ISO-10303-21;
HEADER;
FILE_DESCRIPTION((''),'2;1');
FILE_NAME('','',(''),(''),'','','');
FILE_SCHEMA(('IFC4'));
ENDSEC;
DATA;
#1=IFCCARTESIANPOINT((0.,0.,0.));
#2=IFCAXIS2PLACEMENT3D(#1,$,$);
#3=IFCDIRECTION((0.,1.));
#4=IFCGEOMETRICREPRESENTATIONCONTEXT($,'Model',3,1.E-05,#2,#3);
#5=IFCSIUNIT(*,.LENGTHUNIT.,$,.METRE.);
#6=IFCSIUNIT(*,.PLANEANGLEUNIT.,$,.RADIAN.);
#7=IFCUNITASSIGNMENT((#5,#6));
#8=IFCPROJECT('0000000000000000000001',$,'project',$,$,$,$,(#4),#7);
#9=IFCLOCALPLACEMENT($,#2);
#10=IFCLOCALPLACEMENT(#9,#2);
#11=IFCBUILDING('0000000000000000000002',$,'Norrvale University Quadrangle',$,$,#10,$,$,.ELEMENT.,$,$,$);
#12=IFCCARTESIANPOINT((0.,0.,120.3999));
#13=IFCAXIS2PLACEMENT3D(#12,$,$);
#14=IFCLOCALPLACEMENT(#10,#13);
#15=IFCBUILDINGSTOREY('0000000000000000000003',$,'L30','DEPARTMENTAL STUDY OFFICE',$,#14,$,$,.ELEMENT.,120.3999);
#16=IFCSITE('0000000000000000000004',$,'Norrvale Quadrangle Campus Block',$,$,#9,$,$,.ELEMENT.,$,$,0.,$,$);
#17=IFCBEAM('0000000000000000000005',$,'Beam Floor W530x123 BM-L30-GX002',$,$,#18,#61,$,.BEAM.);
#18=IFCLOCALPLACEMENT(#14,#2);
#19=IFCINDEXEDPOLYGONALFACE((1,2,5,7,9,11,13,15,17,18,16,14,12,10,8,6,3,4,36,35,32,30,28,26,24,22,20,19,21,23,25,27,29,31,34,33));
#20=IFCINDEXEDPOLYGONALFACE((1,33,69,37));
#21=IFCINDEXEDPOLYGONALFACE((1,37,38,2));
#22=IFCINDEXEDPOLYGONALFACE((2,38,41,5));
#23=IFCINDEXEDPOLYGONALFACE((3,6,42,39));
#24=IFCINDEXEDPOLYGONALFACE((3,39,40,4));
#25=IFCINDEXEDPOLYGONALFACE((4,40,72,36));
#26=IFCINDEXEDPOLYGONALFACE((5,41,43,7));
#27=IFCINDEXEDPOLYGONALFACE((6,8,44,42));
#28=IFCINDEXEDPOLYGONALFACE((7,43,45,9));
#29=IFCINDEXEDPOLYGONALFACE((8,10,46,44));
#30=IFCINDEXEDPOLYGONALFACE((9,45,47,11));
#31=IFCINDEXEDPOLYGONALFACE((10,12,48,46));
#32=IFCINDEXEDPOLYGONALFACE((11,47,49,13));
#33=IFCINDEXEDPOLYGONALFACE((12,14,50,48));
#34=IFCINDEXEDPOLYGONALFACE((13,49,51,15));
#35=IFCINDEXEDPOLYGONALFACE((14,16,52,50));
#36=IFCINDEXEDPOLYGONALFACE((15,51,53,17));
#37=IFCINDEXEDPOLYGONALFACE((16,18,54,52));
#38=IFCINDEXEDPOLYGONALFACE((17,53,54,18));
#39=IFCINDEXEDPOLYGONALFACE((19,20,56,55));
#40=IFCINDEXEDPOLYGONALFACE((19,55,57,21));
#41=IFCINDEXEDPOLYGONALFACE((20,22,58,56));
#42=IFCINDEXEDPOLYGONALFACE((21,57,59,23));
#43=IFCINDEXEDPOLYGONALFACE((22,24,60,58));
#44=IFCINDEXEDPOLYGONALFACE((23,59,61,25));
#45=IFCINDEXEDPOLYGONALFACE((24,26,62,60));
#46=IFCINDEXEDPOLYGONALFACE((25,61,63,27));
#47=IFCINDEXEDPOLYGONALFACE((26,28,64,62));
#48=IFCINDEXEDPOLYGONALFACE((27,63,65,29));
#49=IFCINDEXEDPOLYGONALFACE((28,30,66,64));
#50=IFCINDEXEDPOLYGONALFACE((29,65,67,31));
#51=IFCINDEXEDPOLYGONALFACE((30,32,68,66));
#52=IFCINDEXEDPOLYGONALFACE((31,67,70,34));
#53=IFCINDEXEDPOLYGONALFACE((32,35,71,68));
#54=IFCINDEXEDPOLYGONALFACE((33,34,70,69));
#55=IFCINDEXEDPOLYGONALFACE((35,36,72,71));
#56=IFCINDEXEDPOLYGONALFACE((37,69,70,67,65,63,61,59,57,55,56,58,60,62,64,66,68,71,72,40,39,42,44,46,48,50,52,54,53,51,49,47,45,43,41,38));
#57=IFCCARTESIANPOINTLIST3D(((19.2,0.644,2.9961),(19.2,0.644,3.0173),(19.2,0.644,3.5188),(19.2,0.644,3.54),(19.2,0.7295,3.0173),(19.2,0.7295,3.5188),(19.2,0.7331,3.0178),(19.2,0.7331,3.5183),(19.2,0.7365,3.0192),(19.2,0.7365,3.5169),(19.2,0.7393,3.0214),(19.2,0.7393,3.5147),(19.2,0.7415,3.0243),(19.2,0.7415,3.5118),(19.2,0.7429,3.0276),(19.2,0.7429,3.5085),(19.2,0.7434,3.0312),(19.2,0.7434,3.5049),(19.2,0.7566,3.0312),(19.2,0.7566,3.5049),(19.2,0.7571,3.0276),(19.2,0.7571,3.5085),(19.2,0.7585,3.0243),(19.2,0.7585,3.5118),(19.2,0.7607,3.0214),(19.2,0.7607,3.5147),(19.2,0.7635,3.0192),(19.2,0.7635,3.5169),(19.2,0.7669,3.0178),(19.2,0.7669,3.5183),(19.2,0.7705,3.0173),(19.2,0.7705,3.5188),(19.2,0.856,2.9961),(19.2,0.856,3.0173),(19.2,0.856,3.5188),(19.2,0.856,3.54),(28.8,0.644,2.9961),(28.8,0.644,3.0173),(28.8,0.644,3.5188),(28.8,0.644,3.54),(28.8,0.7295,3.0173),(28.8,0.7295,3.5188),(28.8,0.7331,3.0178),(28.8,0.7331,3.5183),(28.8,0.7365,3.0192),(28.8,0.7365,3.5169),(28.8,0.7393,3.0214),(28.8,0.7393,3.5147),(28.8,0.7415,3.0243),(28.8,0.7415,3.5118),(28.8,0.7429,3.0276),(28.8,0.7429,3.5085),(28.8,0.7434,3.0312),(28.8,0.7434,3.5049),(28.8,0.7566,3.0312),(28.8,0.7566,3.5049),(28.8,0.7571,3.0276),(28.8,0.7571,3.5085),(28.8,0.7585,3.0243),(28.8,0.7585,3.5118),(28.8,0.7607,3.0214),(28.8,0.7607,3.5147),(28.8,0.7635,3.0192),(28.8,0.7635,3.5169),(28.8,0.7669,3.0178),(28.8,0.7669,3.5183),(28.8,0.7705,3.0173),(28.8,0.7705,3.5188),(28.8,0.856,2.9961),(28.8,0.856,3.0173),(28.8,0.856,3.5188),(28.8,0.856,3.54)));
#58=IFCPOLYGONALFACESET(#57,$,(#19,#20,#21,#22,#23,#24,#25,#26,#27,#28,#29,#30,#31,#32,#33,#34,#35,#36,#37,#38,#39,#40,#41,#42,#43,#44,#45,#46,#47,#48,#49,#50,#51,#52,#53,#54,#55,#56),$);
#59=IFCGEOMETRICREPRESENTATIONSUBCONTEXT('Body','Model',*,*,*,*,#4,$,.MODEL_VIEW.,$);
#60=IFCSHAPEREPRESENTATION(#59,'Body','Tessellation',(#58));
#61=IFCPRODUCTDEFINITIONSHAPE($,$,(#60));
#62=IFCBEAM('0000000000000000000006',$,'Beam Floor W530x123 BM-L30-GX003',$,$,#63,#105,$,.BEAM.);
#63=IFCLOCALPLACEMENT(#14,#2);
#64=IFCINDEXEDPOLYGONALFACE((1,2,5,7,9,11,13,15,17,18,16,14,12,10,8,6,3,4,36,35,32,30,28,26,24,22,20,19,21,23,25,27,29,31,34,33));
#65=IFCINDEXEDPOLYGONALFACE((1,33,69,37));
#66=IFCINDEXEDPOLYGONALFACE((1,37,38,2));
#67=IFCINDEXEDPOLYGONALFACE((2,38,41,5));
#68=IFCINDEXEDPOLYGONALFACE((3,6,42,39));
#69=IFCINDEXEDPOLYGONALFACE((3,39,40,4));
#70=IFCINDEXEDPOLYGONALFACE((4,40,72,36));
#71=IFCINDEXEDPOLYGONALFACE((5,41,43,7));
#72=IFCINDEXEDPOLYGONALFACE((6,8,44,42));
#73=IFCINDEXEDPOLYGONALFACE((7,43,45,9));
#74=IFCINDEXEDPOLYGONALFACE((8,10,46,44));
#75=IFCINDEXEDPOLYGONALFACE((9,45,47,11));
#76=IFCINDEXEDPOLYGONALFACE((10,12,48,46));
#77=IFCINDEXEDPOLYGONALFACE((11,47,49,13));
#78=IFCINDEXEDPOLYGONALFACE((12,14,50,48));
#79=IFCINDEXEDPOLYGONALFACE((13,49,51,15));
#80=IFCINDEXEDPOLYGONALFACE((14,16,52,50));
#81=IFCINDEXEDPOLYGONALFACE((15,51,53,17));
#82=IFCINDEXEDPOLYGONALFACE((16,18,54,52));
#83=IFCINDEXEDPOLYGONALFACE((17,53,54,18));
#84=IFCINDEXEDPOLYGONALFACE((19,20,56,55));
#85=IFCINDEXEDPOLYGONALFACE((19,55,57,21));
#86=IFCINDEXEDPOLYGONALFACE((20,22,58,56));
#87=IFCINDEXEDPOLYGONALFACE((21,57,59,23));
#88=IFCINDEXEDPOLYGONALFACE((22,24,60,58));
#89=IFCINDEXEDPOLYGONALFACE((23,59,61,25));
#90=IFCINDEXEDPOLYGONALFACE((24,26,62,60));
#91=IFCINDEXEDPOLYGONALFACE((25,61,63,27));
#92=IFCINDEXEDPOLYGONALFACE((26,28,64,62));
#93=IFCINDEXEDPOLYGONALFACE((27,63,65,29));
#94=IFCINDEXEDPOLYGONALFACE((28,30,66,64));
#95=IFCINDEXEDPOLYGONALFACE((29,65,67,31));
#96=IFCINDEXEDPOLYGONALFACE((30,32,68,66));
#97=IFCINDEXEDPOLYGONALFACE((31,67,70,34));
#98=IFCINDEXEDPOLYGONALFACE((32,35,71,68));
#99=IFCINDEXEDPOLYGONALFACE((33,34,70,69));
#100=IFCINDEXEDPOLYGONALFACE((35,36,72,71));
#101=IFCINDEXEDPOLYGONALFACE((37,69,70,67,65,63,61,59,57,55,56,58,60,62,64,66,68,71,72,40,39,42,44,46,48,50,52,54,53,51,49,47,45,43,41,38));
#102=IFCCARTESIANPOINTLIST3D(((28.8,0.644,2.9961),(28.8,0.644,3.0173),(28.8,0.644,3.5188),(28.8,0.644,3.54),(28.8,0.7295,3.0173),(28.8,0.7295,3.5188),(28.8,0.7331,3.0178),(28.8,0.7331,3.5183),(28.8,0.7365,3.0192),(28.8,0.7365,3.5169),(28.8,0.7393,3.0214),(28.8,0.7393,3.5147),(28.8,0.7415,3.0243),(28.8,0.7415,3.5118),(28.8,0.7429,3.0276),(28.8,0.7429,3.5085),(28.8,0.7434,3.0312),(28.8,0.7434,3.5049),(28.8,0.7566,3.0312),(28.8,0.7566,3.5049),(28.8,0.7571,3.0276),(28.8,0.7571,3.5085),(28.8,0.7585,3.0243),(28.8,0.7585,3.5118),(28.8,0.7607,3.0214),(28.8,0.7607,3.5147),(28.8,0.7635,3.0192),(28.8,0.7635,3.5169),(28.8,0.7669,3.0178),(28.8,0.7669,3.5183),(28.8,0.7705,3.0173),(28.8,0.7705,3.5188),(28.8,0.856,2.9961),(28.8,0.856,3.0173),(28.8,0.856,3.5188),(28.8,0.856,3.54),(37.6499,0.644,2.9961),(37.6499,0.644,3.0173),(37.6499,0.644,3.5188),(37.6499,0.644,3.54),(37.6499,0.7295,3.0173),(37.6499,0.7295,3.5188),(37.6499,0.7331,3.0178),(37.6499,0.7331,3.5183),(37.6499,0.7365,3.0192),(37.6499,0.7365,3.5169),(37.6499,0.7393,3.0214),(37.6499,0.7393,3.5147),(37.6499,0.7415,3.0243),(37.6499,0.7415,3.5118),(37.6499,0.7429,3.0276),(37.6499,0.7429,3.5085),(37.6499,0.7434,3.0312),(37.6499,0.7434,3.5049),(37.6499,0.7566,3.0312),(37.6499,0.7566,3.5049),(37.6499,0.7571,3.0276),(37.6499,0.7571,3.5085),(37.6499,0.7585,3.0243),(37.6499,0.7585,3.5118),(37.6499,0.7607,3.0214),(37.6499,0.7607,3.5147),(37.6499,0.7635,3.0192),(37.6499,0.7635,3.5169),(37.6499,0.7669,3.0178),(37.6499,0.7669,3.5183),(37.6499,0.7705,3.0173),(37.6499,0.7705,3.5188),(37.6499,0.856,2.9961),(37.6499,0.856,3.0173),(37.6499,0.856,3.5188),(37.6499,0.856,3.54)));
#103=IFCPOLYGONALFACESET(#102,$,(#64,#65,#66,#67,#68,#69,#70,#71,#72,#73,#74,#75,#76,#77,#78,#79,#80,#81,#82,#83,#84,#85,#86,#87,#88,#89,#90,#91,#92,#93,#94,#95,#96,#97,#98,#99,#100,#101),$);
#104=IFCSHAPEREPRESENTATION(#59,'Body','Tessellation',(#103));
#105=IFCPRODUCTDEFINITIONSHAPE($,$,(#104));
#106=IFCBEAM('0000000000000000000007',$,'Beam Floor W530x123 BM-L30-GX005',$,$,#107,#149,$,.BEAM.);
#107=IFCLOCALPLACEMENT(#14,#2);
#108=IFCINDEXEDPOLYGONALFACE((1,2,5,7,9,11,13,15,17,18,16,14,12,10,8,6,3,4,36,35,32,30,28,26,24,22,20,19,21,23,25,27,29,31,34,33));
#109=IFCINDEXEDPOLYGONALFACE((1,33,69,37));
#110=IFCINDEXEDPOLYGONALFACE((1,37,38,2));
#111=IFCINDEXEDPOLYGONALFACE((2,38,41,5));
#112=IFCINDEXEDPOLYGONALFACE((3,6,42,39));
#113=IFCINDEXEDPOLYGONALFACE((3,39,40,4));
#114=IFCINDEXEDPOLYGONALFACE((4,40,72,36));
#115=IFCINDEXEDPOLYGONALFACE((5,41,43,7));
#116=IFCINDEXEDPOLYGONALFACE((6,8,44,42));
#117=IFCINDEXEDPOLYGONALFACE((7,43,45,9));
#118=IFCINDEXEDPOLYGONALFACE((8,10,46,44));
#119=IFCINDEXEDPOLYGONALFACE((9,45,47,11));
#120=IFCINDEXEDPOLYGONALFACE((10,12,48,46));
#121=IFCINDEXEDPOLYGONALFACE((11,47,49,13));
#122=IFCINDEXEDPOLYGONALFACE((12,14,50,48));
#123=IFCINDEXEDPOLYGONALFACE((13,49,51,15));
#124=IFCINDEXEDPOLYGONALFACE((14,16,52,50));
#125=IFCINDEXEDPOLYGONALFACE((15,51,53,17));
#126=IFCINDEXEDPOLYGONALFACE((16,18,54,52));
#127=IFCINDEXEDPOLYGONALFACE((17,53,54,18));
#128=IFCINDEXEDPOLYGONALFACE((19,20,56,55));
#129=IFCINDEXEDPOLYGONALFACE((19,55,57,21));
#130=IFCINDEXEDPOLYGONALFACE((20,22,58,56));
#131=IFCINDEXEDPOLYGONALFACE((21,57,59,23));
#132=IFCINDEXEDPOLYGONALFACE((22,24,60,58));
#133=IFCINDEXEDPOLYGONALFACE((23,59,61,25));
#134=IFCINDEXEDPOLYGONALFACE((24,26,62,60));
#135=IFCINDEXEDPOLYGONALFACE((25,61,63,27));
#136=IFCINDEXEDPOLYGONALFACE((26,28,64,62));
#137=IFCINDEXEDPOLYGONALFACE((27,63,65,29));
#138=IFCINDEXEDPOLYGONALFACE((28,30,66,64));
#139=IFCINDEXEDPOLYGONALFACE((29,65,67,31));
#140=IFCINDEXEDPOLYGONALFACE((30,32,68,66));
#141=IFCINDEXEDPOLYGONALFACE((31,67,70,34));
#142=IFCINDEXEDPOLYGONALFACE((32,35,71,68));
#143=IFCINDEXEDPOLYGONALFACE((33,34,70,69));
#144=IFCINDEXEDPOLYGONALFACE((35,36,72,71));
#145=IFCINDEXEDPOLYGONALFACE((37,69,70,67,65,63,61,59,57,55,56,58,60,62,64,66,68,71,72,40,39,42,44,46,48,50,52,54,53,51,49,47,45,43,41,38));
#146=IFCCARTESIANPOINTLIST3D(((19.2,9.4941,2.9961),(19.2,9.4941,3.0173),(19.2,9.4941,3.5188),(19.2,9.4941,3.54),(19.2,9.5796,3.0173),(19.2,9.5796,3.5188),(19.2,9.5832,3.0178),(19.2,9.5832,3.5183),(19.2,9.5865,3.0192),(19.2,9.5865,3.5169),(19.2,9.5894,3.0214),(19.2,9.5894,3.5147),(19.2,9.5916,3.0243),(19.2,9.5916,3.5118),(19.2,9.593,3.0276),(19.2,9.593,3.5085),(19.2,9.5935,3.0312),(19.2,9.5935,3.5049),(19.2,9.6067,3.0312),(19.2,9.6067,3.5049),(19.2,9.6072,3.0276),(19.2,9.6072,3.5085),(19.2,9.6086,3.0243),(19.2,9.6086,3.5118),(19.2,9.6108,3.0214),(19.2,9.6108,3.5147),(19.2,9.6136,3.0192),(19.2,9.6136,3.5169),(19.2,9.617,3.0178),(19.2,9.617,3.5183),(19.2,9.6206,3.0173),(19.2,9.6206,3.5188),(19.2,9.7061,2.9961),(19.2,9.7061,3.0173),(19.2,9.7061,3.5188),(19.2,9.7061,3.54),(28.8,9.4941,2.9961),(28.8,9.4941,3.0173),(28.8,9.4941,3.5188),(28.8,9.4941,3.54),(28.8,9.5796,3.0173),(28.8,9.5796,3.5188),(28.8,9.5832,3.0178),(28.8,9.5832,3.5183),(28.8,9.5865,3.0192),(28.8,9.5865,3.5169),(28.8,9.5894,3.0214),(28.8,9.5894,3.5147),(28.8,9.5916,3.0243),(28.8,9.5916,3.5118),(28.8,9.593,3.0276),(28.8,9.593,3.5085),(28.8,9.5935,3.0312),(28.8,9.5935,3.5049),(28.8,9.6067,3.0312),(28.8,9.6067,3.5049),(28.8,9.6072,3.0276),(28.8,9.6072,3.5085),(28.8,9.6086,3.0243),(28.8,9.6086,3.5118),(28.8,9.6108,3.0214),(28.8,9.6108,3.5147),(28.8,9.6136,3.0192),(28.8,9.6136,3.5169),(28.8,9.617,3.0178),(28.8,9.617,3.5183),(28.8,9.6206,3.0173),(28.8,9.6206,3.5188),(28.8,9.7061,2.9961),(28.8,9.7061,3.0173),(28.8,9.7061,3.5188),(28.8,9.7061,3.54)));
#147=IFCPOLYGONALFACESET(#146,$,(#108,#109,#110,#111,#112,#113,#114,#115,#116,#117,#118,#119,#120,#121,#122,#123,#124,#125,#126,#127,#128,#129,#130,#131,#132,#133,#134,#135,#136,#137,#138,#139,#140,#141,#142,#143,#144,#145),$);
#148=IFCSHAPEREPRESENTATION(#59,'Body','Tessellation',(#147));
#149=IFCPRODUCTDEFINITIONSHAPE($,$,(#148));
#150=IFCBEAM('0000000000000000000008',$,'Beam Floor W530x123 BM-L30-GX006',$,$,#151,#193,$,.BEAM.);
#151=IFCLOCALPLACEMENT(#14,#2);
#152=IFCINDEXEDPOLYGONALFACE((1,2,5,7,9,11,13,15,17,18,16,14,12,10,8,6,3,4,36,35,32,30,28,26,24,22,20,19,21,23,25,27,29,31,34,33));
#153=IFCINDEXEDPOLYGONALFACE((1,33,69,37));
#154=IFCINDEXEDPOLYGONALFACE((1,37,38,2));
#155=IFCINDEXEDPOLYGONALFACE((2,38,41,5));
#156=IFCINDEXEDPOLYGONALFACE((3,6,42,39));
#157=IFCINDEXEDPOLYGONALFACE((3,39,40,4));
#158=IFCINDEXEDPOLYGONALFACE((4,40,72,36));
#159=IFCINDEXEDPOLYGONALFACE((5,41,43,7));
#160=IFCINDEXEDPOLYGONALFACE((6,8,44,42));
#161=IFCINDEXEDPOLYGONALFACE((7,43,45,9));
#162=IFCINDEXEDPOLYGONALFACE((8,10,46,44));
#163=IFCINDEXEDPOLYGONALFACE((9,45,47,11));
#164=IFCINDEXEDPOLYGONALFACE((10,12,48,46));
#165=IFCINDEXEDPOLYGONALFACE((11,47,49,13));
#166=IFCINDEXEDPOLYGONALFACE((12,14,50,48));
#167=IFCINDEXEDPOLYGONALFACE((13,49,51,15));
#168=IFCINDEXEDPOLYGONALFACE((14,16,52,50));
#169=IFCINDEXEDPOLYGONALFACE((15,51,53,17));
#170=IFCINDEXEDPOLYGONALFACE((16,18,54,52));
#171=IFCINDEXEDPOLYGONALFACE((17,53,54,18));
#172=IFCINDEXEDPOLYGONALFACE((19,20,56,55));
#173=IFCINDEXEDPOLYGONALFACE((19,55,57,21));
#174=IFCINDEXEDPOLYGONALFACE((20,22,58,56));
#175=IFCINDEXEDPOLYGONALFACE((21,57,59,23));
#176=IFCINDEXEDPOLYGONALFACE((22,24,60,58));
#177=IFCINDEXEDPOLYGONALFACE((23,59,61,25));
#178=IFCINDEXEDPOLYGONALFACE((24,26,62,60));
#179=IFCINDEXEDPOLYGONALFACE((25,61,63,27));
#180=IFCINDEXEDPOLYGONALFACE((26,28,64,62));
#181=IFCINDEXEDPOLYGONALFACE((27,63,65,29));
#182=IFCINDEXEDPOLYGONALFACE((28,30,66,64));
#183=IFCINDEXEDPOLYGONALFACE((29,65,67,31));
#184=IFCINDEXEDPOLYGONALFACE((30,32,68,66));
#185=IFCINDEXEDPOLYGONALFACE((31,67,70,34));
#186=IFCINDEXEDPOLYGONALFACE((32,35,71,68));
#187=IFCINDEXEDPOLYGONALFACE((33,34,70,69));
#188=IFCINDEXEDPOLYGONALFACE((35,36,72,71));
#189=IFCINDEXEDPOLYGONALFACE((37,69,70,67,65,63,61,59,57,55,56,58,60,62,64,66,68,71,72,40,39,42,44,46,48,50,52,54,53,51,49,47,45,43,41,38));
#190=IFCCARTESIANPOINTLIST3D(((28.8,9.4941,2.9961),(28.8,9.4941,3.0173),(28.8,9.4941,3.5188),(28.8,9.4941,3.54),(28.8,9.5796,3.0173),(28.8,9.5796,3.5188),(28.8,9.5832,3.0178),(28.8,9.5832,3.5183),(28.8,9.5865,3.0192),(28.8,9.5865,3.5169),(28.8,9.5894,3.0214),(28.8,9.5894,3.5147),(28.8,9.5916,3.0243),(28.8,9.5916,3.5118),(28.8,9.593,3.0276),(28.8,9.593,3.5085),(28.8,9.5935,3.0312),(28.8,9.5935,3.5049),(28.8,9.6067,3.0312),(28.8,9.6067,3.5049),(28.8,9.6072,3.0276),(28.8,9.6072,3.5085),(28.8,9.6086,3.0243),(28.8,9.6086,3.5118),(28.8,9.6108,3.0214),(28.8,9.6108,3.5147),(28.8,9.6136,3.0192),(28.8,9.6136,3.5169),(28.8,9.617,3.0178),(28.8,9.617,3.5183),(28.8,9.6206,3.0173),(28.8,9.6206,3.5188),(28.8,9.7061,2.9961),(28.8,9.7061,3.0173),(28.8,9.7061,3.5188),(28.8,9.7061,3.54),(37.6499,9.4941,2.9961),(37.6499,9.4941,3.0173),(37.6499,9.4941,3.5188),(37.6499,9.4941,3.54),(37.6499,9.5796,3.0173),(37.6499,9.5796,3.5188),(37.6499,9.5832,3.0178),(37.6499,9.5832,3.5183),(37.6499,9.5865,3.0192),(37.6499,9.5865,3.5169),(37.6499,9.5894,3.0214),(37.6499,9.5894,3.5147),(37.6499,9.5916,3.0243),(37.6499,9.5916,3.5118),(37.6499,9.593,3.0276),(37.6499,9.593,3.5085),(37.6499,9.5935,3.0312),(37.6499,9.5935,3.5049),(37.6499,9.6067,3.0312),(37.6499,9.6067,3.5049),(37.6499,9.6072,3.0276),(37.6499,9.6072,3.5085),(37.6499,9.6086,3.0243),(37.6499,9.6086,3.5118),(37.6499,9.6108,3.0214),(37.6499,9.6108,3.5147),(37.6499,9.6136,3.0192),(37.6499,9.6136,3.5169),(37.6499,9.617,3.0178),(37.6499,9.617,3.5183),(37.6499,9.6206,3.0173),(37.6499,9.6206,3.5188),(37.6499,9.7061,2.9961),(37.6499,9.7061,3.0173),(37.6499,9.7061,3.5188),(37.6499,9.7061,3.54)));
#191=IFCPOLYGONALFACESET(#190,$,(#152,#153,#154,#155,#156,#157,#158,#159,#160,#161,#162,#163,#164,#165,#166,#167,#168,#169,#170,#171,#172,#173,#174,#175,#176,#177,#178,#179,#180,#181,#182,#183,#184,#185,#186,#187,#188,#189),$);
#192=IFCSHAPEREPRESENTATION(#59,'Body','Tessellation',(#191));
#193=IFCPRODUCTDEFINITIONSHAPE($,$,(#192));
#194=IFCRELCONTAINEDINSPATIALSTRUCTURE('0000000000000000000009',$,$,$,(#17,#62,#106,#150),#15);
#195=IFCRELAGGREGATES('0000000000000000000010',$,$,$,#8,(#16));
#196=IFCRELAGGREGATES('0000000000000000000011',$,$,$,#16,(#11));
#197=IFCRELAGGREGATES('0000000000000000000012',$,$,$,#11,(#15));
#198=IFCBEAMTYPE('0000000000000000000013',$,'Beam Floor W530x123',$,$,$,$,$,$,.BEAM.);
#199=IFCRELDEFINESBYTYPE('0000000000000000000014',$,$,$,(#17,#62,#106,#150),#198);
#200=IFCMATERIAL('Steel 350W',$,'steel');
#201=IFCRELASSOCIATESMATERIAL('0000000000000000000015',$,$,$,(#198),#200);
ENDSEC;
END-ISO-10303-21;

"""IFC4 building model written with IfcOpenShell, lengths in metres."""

from ifc_helpers import new_model, si_unit, direction, frame, origin, origin_2d, place, context, subcontext, project, spatial, i_section, extrude, material, material_profile, profile_set, type_object, element, save


model = new_model("IFC4")

# Units and contexts
model_context = context("Model", 3, precision=1e-05, world=origin(), true_north=direction((0.0, 1.0)))
body_context = subcontext(model_context, "Body", "Model", "MODEL_VIEW")
ifc_project = project(units=[si_unit("LENGTHUNIT", "METRE"), si_unit("PLANEANGLEUNIT", "RADIAN")], contexts=[model_context])

# Site, building, storey
site_placement = place(None, origin())
site = spatial("IfcSite", under=ifc_project, at=site_placement, Name="Norrvale Quadrangle Campus Block", CompositionType="ELEMENT", RefElevation=0.0)
building_placement = place(site_placement, origin())
building = spatial("IfcBuilding", under=site, at=building_placement, Name="Norrvale University Quadrangle", CompositionType="ELEMENT")
storey_placement = place(building_placement, frame((0.0, 0.0, 120.3999)))
storey = spatial("IfcBuildingStorey", under=building, at=storey_placement, Name="L30", Description="DEPARTMENTAL STUDY OFFICE", CompositionType="ELEMENT", Elevation=120.3999)

# Beams
ifc_material_1 = material(Name="Steel 350W", Category="steel")
ifc_material_profile_1 = material_profile(ifc_material_1, i_section(OverallWidth=0.2119, OverallDepth=0.5439, WebThickness=0.0132, FlangeThickness=0.0212, FilletRadius=0.0139, at=origin_2d()), Name="Steel 350W")
ifc_profile_set_1 = profile_set([ifc_material_profile_1], Name="Steel 350W")
beam_type_1 = type_object("IfcBeamType", Name="Beam Floor W530x123", PredefinedType="BEAM", material=ifc_profile_set_1)
beam_1_placement = place(storey_placement, frame((19.2, 0.75, 3.2681), z_axis=(1.0, 0.0, 0.0), x_axis=(0.0, 1.0, 0.0)))
element("IfcBeam", 1, at=beam_1_placement, inside=storey, type_object=beam_type_1, Name="Beam Floor W530x123 BM-L30-GX002", PredefinedType="BEAM", context=body_context, shape_type="SweptSolid", body=[
    extrude(i_section(OverallWidth=0.2119, OverallDepth=0.5439, WebThickness=0.0132, FlangeThickness=0.0212, FilletRadius=0.0139, at=origin_2d()), origin(), (0.0, 0.0, 1.0), 9.6001),
])
beam_2_placement = place(storey_placement, frame((28.8, 0.75, 3.2681), z_axis=(1.0, 0.0, 0.0), x_axis=(0.0, 1.0, 0.0)))
element("IfcBeam", 2, at=beam_2_placement, inside=storey, type_object=beam_type_1, Name="Beam Floor W530x123 BM-L30-GX003", PredefinedType="BEAM", context=body_context, shape_type="SweptSolid", body=[
    extrude(i_section(OverallWidth=0.2119, OverallDepth=0.5439, WebThickness=0.0132, FlangeThickness=0.0212, FilletRadius=0.0139, at=origin_2d()), origin(), (0.0, 0.0, 1.0), 8.8499),
])
beam_3_placement = place(storey_placement, frame((19.2, 9.6001, 3.2681), z_axis=(1.0, 0.0, 0.0), x_axis=(0.0, 1.0, 0.0)))
element("IfcBeam", 3, at=beam_3_placement, inside=storey, type_object=beam_type_1, Name="Beam Floor W530x123 BM-L30-GX005", PredefinedType="BEAM", context=body_context, shape_type="SweptSolid", body=[
    extrude(i_section(OverallWidth=0.2119, OverallDepth=0.5439, WebThickness=0.0132, FlangeThickness=0.0212, FilletRadius=0.0139, at=origin_2d()), origin(), (0.0, 0.0, 1.0), 9.6001),
])
beam_4_placement = place(storey_placement, frame((28.8, 9.6001, 3.2681), z_axis=(1.0, 0.0, 0.0), x_axis=(0.0, 1.0, 0.0)))
element("IfcBeam", 4, at=beam_4_placement, inside=storey, type_object=beam_type_1, Name="Beam Floor W530x123 BM-L30-GX006", PredefinedType="BEAM", context=body_context, shape_type="SweptSolid", body=[
    extrude(i_section(OverallWidth=0.2119, OverallDepth=0.5439, WebThickness=0.0132, FlangeThickness=0.0212, FilletRadius=0.0139, at=origin_2d()), origin(), (0.0, 0.0, 1.0), 8.8499),
])

save(model, "model.ifc")
